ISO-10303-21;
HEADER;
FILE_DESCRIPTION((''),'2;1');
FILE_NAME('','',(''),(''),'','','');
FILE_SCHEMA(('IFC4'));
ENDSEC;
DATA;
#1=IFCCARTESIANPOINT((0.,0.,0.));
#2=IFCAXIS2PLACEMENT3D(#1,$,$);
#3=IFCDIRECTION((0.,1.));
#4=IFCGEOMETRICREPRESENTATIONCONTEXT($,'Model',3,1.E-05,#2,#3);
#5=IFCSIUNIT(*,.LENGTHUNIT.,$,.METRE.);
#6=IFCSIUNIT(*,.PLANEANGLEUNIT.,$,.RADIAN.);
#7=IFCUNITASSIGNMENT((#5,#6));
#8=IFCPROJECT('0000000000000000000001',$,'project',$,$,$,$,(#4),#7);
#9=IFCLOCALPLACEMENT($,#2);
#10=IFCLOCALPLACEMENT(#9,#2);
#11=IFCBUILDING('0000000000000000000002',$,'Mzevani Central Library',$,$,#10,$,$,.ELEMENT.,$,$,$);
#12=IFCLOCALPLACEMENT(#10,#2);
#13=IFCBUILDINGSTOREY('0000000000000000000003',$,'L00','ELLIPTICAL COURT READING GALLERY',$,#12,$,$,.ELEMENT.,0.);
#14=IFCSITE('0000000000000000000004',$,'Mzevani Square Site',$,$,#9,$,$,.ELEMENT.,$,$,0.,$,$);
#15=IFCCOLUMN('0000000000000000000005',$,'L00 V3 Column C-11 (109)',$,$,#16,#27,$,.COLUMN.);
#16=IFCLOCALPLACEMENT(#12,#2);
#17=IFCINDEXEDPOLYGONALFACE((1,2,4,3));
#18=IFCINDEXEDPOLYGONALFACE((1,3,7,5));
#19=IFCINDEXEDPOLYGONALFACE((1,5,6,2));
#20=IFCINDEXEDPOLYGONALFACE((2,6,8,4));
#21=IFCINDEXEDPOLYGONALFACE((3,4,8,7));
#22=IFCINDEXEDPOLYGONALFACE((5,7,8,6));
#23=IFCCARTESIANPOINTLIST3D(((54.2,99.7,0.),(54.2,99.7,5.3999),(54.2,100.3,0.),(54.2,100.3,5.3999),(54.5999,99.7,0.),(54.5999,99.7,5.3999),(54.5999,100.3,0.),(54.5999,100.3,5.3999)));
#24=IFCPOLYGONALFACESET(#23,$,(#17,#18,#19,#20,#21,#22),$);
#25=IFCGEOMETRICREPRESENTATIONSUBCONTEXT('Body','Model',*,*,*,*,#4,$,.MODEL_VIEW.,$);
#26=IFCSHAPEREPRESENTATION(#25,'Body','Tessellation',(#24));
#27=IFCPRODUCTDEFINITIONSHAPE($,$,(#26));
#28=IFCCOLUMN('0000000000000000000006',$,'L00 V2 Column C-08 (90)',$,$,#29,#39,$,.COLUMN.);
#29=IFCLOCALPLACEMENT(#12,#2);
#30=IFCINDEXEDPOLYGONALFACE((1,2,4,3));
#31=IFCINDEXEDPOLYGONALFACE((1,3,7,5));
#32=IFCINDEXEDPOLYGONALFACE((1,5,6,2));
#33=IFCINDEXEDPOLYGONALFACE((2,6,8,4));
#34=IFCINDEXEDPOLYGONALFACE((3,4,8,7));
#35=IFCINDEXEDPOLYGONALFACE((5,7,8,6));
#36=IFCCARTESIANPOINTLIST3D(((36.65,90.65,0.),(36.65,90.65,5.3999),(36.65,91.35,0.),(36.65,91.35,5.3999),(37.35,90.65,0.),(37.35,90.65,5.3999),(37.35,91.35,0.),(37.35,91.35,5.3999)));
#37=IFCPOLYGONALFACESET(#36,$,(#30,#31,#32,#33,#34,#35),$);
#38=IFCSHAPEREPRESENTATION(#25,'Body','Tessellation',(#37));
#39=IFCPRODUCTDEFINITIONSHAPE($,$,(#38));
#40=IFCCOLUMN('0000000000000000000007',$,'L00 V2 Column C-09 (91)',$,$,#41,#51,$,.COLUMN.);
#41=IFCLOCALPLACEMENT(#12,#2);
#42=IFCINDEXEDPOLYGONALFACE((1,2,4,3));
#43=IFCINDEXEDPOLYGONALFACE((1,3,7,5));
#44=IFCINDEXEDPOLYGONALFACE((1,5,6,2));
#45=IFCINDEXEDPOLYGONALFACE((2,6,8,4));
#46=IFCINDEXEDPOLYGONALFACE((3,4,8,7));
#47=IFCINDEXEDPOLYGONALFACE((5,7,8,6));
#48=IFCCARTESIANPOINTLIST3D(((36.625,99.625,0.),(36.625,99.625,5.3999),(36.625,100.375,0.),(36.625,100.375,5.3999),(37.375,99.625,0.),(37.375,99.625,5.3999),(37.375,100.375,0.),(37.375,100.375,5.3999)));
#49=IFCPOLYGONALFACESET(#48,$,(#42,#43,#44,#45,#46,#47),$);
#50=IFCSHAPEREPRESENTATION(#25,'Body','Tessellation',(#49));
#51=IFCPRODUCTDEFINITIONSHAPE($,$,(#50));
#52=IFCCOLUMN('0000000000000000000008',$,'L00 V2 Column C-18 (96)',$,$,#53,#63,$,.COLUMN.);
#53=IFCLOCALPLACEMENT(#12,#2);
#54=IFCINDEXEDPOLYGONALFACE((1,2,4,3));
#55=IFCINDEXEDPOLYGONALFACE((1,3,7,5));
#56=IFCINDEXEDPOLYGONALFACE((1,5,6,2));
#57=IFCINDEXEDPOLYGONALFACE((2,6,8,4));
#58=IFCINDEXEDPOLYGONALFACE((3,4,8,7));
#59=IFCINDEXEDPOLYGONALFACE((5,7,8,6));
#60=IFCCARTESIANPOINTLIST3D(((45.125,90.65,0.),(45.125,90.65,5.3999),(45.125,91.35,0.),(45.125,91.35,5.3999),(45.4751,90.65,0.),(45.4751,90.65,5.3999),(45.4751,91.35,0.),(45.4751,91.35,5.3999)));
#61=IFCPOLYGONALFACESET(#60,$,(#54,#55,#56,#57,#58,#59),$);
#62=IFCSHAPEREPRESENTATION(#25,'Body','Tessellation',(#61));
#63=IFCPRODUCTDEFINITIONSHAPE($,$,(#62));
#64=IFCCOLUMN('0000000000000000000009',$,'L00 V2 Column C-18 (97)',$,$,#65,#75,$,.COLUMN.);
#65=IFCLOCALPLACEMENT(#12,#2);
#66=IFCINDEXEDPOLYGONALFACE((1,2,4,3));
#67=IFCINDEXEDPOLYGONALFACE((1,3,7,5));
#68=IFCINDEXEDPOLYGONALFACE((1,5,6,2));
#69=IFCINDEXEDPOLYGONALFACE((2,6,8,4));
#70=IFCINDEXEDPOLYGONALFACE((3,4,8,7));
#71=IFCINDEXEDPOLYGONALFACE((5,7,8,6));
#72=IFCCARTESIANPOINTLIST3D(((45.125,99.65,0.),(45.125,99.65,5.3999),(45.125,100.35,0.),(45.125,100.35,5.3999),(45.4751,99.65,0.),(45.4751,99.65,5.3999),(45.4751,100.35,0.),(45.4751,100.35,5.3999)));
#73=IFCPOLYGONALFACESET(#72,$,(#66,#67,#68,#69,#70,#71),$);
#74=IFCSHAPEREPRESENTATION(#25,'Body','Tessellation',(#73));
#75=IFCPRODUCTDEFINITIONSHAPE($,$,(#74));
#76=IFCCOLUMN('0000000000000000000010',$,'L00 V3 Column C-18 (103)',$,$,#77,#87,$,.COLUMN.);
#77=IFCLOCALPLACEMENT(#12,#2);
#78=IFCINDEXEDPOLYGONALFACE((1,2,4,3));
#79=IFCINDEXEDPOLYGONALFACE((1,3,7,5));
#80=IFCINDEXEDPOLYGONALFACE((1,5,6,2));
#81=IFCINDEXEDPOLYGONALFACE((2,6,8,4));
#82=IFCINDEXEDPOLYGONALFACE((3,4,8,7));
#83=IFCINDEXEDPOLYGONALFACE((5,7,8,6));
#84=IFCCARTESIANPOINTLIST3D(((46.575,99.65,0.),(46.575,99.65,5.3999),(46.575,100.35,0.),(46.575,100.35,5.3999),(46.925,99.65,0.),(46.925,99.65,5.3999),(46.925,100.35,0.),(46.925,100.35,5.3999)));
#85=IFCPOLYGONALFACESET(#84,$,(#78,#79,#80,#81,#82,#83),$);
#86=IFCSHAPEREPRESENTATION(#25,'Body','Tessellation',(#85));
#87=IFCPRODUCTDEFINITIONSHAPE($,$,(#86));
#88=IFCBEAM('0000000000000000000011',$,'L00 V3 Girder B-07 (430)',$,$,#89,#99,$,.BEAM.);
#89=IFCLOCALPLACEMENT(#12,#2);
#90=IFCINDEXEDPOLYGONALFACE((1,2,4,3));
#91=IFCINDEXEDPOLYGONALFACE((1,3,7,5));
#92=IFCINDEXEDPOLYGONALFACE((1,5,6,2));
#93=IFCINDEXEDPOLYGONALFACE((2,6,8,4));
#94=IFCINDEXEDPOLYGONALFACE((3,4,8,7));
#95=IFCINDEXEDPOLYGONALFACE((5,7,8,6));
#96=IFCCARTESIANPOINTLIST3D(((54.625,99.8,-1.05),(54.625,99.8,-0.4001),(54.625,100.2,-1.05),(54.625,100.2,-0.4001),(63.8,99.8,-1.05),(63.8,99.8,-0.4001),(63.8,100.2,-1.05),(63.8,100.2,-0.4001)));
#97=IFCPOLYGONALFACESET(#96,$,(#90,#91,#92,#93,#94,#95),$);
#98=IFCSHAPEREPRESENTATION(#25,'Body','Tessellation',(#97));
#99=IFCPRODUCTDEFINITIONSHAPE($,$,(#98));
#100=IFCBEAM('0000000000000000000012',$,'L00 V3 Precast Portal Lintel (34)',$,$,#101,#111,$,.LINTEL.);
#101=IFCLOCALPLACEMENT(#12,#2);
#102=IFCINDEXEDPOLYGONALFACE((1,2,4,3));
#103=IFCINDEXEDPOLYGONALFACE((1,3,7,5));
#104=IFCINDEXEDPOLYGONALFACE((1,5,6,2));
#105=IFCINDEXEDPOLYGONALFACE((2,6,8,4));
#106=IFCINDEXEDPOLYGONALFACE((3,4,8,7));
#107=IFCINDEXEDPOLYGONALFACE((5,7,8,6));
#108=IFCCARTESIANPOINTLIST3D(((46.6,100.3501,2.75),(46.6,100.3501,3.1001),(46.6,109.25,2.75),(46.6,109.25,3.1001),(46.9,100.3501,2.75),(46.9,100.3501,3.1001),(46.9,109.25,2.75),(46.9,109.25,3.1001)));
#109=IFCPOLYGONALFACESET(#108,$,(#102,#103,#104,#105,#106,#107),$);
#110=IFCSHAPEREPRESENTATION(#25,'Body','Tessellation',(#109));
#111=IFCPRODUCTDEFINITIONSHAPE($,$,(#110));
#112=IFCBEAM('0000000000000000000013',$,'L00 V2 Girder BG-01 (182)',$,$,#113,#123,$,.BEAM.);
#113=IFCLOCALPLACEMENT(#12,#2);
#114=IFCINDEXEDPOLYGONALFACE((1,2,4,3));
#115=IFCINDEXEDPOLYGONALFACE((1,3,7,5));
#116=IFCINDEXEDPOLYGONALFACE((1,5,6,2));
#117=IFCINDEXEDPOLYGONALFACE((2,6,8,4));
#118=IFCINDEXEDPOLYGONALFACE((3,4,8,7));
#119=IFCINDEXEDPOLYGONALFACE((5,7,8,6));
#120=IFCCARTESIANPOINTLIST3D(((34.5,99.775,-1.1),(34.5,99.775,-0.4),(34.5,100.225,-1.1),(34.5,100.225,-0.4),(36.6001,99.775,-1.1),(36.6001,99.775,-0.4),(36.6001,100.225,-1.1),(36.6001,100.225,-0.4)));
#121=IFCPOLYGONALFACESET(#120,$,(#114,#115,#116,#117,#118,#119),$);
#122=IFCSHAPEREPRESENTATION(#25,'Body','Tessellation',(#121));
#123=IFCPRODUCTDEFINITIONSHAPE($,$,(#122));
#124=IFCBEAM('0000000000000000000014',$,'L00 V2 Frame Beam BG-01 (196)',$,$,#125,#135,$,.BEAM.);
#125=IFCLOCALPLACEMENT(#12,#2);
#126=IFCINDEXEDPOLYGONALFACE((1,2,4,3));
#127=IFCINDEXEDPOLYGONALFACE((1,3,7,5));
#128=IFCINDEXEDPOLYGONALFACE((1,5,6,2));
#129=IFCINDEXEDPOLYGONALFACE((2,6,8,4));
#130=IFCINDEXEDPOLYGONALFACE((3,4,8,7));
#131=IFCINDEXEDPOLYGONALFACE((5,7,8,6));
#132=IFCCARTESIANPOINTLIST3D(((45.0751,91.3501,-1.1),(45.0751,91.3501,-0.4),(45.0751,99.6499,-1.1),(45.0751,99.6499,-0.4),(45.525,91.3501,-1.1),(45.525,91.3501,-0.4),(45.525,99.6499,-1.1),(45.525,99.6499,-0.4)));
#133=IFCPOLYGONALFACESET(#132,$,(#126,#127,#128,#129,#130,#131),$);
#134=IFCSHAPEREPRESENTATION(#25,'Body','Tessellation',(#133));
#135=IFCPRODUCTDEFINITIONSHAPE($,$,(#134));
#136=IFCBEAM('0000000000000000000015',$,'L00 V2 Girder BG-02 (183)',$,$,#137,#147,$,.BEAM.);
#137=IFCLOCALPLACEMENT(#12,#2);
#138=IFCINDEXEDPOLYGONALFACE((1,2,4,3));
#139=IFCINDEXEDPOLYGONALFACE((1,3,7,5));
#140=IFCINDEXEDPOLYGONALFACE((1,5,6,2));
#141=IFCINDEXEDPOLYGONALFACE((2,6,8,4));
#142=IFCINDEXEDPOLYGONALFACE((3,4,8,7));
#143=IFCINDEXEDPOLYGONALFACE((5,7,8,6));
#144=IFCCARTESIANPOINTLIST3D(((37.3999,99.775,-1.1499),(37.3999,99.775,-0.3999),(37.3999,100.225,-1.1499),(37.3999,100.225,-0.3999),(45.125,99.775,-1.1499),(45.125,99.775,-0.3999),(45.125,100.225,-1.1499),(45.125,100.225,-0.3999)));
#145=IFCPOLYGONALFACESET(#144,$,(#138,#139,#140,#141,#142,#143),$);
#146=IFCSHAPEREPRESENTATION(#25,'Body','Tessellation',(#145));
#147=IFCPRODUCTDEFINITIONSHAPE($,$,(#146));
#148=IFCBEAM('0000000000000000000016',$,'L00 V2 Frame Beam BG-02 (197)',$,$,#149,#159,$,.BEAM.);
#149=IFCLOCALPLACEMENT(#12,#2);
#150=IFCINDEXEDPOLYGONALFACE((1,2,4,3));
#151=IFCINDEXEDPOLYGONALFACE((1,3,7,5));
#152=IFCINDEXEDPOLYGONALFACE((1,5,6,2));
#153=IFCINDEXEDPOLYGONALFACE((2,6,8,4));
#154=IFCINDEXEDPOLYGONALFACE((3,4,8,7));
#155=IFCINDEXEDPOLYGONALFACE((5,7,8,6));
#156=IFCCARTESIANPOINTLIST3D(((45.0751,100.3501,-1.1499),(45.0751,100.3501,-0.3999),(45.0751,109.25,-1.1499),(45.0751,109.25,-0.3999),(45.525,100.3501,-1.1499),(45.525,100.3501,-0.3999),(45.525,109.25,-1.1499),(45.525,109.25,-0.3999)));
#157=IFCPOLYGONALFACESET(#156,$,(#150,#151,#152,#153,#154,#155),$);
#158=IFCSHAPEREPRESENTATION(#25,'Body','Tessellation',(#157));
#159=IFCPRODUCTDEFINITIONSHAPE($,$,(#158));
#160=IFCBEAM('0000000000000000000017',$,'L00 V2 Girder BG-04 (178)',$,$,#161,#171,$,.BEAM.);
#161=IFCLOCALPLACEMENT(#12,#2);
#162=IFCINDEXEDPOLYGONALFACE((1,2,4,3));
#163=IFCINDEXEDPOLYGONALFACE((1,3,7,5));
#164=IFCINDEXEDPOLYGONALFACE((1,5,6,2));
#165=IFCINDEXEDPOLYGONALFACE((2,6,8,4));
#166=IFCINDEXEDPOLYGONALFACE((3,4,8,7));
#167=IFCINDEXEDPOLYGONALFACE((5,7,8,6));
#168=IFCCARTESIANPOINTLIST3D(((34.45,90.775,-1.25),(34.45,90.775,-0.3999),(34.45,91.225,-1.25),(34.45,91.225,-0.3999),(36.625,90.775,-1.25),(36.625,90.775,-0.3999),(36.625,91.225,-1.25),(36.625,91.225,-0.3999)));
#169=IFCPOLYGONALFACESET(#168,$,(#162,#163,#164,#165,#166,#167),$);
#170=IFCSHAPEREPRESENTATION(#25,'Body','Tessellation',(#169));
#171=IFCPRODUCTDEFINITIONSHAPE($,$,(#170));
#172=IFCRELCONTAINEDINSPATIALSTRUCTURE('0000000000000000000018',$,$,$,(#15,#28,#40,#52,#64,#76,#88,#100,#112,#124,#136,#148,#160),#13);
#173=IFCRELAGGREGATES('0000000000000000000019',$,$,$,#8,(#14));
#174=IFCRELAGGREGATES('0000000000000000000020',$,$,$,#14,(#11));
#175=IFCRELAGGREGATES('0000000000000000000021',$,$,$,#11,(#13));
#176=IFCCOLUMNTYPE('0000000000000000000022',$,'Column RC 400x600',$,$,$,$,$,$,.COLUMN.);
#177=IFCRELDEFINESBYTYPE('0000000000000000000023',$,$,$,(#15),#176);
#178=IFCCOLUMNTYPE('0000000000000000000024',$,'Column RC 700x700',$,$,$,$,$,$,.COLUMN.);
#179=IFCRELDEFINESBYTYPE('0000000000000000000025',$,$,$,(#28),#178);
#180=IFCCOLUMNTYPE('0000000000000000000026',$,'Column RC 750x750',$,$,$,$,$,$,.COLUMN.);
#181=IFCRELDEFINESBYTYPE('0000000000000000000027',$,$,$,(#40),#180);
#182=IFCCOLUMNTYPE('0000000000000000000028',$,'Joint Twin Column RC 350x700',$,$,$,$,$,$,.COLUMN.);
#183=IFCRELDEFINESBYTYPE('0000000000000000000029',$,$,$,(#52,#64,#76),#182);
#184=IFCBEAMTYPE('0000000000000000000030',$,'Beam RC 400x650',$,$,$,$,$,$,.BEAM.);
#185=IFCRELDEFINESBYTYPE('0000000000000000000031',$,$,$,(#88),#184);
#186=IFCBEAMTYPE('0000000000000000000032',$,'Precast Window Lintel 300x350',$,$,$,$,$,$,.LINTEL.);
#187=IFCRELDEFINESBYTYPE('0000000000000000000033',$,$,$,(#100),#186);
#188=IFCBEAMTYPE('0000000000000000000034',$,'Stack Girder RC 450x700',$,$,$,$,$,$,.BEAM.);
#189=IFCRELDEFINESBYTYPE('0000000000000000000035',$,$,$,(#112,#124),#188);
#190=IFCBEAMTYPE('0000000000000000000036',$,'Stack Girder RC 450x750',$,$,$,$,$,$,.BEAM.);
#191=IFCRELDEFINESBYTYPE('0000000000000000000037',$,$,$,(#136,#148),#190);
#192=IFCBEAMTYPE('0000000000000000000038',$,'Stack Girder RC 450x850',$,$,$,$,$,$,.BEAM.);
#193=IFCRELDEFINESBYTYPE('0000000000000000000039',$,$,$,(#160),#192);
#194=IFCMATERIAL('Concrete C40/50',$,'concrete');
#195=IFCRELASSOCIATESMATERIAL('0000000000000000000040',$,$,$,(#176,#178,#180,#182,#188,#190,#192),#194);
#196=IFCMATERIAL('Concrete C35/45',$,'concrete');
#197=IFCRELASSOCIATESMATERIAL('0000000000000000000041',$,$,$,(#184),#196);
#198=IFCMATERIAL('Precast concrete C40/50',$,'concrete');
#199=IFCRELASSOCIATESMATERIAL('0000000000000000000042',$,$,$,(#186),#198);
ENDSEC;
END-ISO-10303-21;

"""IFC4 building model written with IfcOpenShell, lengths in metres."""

from ifc_helpers import new_model, si_unit, direction, frame, origin, origin_2d, place, context, subcontext, project, spatial, rectangle, extrude, material, material_profile, profile_set, type_object, element, save


model = new_model("IFC4")

# Units and contexts
model_context = context("Model", 3, precision=1e-05, world=origin(), true_north=direction((0.0, 1.0)))
body_context = subcontext(model_context, "Body", "Model", "MODEL_VIEW")
ifc_project = project(units=[si_unit("LENGTHUNIT", "METRE"), si_unit("PLANEANGLEUNIT", "RADIAN")], contexts=[model_context])

# Site, building, storey
site_placement = place(None, origin())
site = spatial("IfcSite", under=ifc_project, at=site_placement, Name="Mzevani Square Site", CompositionType="ELEMENT", RefElevation=0.0)
building_placement = place(site_placement, origin())
building = spatial("IfcBuilding", under=site, at=building_placement, Name="Mzevani Central Library", CompositionType="ELEMENT")
storey_placement = place(building_placement, origin())
storey = spatial("IfcBuildingStorey", under=building, at=storey_placement, Name="L00", Description="ELLIPTICAL COURT READING GALLERY", CompositionType="ELEMENT", Elevation=0.0)

# Columns
ifc_material_1 = material(Name="Concrete C40/50", Category="concrete")
ifc_material_profile_1 = material_profile(ifc_material_1, rectangle(XDim=0.3999, YDim=0.6001, at=origin_2d()), Name="RC 400x600")
ifc_profile_set_1 = profile_set([ifc_material_profile_1], Name="Concrete C40/50")
column_type_1 = type_object("IfcColumnType", Name="Column RC 400x600", PredefinedType="COLUMN", material=ifc_profile_set_1)
column_1_placement = place(storey_placement, frame((54.3999, 100.0, 0.0), z_axis=(0.0, 0.0, 1.0), x_axis=(1.0, 0.0, 0.0)))
element("IfcColumn", 1, at=column_1_placement, inside=storey, type_object=column_type_1, Name="L00 V3 Column C-11 (109)", PredefinedType="COLUMN", context=body_context, shape_type="SweptSolid", body=[
    extrude(rectangle(XDim=0.3999, YDim=0.6001, at=origin_2d()), origin(), (0.0, 0.0, 1.0), 5.3999),
])
ifc_material_profile_2 = material_profile(ifc_material_1, rectangle(XDim=0.7, YDim=0.7, at=origin_2d()), Name="RC 700x700")
ifc_profile_set_2 = profile_set([ifc_material_profile_2], Name="Concrete C40/50")
column_type_2 = type_object("IfcColumnType", Name="Column RC 700x700", PredefinedType="COLUMN", material=ifc_profile_set_2)
column_2_placement = place(storey_placement, frame((37.0, 91.0, 0.0), z_axis=(0.0, 0.0, 1.0), x_axis=(1.0, 0.0, 0.0)))
element("IfcColumn", 2, at=column_2_placement, inside=storey, type_object=column_type_2, Name="L00 V2 Column C-08 (90)", PredefinedType="COLUMN", context=body_context, shape_type="SweptSolid", body=[
    extrude(rectangle(XDim=0.7, YDim=0.7, at=origin_2d()), origin(), (0.0, 0.0, 1.0), 5.3999),
])
ifc_material_profile_3 = material_profile(ifc_material_1, rectangle(XDim=0.75, YDim=0.75, at=origin_2d()), Name="RC 750x750")
ifc_profile_set_3 = profile_set([ifc_material_profile_3], Name="Concrete C40/50")
column_type_3 = type_object("IfcColumnType", Name="Column RC 750x750", PredefinedType="COLUMN", material=ifc_profile_set_3)
column_3_placement = place(storey_placement, frame((37.0, 100.0, 0.0), z_axis=(0.0, 0.0, 1.0), x_axis=(1.0, 0.0, 0.0)))
element("IfcColumn", 3, at=column_3_placement, inside=storey, type_object=column_type_3, Name="L00 V2 Column C-09 (91)", PredefinedType="COLUMN", context=body_context, shape_type="SweptSolid", body=[
    extrude(rectangle(XDim=0.75, YDim=0.75, at=origin_2d()), origin(), (0.0, 0.0, 1.0), 5.3999),
])
ifc_material_profile_4 = material_profile(ifc_material_1, rectangle(XDim=0.3501, YDim=0.7, at=origin_2d()), Name="RC 350x700")
ifc_profile_set_4 = profile_set([ifc_material_profile_4], Name="Concrete C40/50")
column_type_4 = type_object("IfcColumnType", Name="Joint Twin Column RC 350x700", PredefinedType="COLUMN", material=ifc_profile_set_4)
for number, where, z_axis, x_axis, name in (
    (4, (45.3, 91.0, 0.0), (0.0, 0.0, 1.0), (1.0, 0.0, 0.0), "L00 V2 Column C-18 (96)"),
    (5, (45.3, 100.0, 0.0), (0.0, 0.0, 1.0), (1.0, 0.0, 0.0), "L00 V2 Column C-18 (97)"),
    (6, (46.75, 100.0, 0.0), (0.0, 0.0, 1.0), (1.0, 0.0, 0.0), "L00 V3 Column C-18 (103)"),
):
    element("IfcColumn", number, at=place(storey_placement, frame(where, z_axis=z_axis, x_axis=x_axis)), inside=storey, type_object=column_type_4, Name=name, PredefinedType="COLUMN", context=body_context, shape_type="SweptSolid", body=[
        extrude(rectangle(XDim=0.3501, YDim=0.7, at=origin_2d()), origin(), (0.0, 0.0, 1.0), 5.3999),
    ])

# Beams
ifc_material_2 = material(Name="Concrete C35/45", Category="concrete")
ifc_material_profile_5 = material_profile(ifc_material_2, rectangle(XDim=0.3999, YDim=0.6499, at=origin_2d()), Name="RC B400x650")
ifc_profile_set_5 = profile_set([ifc_material_profile_5], Name="Concrete C35/45")
beam_type_1 = type_object("IfcBeamType", Name="Beam RC 400x650", PredefinedType="BEAM", material=ifc_profile_set_5)
beam_1_placement = place(storey_placement, frame((54.625, 100.0, -0.7251), z_axis=(1.0, 0.0, 0.0), x_axis=(0.0, 1.0, 0.0)))
element("IfcBeam", 7, at=beam_1_placement, inside=storey, type_object=beam_type_1, Name="L00 V3 Girder B-07 (430)", PredefinedType="BEAM", context=body_context, shape_type="SweptSolid", body=[
    extrude(rectangle(XDim=0.3999, YDim=0.6499, at=origin_2d()), origin(), (0.0, 0.0, 1.0), 9.175),
])
ifc_material_3 = material(Name="Precast concrete C40/50", Category="concrete")
ifc_material_profile_6 = material_profile(ifc_material_3, rectangle(XDim=0.3, YDim=0.3501, at=origin_2d()), Name="PC LN300x350")
ifc_profile_set_6 = profile_set([ifc_material_profile_6], Name="Precast concrete C40/50")
beam_type_2 = type_object("IfcBeamType", Name="Precast Window Lintel 300x350", PredefinedType="LINTEL", material=ifc_profile_set_6)
beam_2_placement = place(storey_placement, frame((46.75, 100.3501, 2.925), z_axis=(0.0, 1.0, 0.0), x_axis=(-1.0, 0.0, 0.0)))
element("IfcBeam", 8, at=beam_2_placement, inside=storey, type_object=beam_type_2, Name="L00 V3 Precast Portal Lintel (34)", PredefinedType="LINTEL", context=body_context, shape_type="SweptSolid", body=[
    extrude(rectangle(XDim=0.3, YDim=0.3501, at=origin_2d()), origin(), (0.0, 0.0, 1.0), 8.8999),
])
ifc_material_profile_7 = material_profile(ifc_material_1, rectangle(XDim=0.45, YDim=0.7, at=origin_2d()), Name="RC B450x700")
ifc_profile_set_7 = profile_set([ifc_material_profile_7], Name="Concrete C40/50")
beam_type_3 = type_object("IfcBeamType", Name="Stack Girder RC 450x700", PredefinedType="BEAM", material=ifc_profile_set_7)
beam_3_placement = place(storey_placement, frame((34.5, 100.0, -0.75), z_axis=(1.0, 0.0, 0.0), x_axis=(0.0, 1.0, 0.0)))
element("IfcBeam", 9, at=beam_3_placement, inside=storey, type_object=beam_type_3, Name="L00 V2 Girder BG-01 (182)", PredefinedType="BEAM", context=body_context, shape_type="SweptSolid", body=[
    extrude(rectangle(XDim=0.45, YDim=0.7, at=origin_2d()), origin(), (0.0, 0.0, 1.0), 2.1001),
])
beam_4_placement = place(storey_placement, frame((45.3, 91.3501, -0.75), z_axis=(0.0, 1.0, 0.0), x_axis=(-1.0, 0.0, 0.0)))
element("IfcBeam", 10, at=beam_4_placement, inside=storey, type_object=beam_type_3, Name="L00 V2 Frame Beam BG-01 (196)", PredefinedType="BEAM", context=body_context, shape_type="SweptSolid", body=[
    extrude(rectangle(XDim=0.45, YDim=0.7, at=origin_2d()), origin(), (0.0, 0.0, 1.0), 8.2998),
])
ifc_material_profile_8 = material_profile(ifc_material_1, rectangle(XDim=0.45, YDim=0.75, at=origin_2d()), Name="RC B450x750")
ifc_profile_set_8 = profile_set([ifc_material_profile_8], Name="Concrete C40/50")
beam_type_4 = type_object("IfcBeamType", Name="Stack Girder RC 450x750", PredefinedType="BEAM", material=ifc_profile_set_8)
beam_5_placement = place(storey_placement, frame((37.3999, 100.0, -0.7749), z_axis=(1.0, 0.0, 0.0), x_axis=(0.0, 1.0, 0.0)))
element("IfcBeam", 11, at=beam_5_placement, inside=storey, type_object=beam_type_4, Name="L00 V2 Girder BG-02 (183)", PredefinedType="BEAM", context=body_context, shape_type="SweptSolid", body=[
    extrude(rectangle(XDim=0.45, YDim=0.75, at=origin_2d()), origin(), (0.0, 0.0, 1.0), 7.7251),
])
beam_6_placement = place(storey_placement, frame((45.3, 100.3501, -0.7749), z_axis=(0.0, 1.0, 0.0), x_axis=(-1.0, 0.0, 0.0)))
element("IfcBeam", 12, at=beam_6_placement, inside=storey, type_object=beam_type_4, Name="L00 V2 Frame Beam BG-02 (197)", PredefinedType="BEAM", context=body_context, shape_type="SweptSolid", body=[
    extrude(rectangle(XDim=0.45, YDim=0.75, at=origin_2d()), origin(), (0.0, 0.0, 1.0), 8.8999),
])
ifc_material_profile_9 = material_profile(ifc_material_1, rectangle(XDim=0.45, YDim=0.8501, at=origin_2d()), Name="RC B450x850")
ifc_profile_set_9 = profile_set([ifc_material_profile_9], Name="Concrete C40/50")
beam_type_5 = type_object("IfcBeamType", Name="Stack Girder RC 450x850", PredefinedType="BEAM", material=ifc_profile_set_9)
beam_7_placement = place(storey_placement, frame((34.45, 91.0, -0.825), z_axis=(1.0, 0.0, 0.0), x_axis=(0.0, 1.0, 0.0)))
element("IfcBeam", 13, at=beam_7_placement, inside=storey, type_object=beam_type_5, Name="L00 V2 Girder BG-04 (178)", PredefinedType="BEAM", context=body_context, shape_type="SweptSolid", body=[
    extrude(rectangle(XDim=0.45, YDim=0.8501, at=origin_2d()), origin(), (0.0, 0.0, 1.0), 2.175),
])

save(model, "model.ifc")
